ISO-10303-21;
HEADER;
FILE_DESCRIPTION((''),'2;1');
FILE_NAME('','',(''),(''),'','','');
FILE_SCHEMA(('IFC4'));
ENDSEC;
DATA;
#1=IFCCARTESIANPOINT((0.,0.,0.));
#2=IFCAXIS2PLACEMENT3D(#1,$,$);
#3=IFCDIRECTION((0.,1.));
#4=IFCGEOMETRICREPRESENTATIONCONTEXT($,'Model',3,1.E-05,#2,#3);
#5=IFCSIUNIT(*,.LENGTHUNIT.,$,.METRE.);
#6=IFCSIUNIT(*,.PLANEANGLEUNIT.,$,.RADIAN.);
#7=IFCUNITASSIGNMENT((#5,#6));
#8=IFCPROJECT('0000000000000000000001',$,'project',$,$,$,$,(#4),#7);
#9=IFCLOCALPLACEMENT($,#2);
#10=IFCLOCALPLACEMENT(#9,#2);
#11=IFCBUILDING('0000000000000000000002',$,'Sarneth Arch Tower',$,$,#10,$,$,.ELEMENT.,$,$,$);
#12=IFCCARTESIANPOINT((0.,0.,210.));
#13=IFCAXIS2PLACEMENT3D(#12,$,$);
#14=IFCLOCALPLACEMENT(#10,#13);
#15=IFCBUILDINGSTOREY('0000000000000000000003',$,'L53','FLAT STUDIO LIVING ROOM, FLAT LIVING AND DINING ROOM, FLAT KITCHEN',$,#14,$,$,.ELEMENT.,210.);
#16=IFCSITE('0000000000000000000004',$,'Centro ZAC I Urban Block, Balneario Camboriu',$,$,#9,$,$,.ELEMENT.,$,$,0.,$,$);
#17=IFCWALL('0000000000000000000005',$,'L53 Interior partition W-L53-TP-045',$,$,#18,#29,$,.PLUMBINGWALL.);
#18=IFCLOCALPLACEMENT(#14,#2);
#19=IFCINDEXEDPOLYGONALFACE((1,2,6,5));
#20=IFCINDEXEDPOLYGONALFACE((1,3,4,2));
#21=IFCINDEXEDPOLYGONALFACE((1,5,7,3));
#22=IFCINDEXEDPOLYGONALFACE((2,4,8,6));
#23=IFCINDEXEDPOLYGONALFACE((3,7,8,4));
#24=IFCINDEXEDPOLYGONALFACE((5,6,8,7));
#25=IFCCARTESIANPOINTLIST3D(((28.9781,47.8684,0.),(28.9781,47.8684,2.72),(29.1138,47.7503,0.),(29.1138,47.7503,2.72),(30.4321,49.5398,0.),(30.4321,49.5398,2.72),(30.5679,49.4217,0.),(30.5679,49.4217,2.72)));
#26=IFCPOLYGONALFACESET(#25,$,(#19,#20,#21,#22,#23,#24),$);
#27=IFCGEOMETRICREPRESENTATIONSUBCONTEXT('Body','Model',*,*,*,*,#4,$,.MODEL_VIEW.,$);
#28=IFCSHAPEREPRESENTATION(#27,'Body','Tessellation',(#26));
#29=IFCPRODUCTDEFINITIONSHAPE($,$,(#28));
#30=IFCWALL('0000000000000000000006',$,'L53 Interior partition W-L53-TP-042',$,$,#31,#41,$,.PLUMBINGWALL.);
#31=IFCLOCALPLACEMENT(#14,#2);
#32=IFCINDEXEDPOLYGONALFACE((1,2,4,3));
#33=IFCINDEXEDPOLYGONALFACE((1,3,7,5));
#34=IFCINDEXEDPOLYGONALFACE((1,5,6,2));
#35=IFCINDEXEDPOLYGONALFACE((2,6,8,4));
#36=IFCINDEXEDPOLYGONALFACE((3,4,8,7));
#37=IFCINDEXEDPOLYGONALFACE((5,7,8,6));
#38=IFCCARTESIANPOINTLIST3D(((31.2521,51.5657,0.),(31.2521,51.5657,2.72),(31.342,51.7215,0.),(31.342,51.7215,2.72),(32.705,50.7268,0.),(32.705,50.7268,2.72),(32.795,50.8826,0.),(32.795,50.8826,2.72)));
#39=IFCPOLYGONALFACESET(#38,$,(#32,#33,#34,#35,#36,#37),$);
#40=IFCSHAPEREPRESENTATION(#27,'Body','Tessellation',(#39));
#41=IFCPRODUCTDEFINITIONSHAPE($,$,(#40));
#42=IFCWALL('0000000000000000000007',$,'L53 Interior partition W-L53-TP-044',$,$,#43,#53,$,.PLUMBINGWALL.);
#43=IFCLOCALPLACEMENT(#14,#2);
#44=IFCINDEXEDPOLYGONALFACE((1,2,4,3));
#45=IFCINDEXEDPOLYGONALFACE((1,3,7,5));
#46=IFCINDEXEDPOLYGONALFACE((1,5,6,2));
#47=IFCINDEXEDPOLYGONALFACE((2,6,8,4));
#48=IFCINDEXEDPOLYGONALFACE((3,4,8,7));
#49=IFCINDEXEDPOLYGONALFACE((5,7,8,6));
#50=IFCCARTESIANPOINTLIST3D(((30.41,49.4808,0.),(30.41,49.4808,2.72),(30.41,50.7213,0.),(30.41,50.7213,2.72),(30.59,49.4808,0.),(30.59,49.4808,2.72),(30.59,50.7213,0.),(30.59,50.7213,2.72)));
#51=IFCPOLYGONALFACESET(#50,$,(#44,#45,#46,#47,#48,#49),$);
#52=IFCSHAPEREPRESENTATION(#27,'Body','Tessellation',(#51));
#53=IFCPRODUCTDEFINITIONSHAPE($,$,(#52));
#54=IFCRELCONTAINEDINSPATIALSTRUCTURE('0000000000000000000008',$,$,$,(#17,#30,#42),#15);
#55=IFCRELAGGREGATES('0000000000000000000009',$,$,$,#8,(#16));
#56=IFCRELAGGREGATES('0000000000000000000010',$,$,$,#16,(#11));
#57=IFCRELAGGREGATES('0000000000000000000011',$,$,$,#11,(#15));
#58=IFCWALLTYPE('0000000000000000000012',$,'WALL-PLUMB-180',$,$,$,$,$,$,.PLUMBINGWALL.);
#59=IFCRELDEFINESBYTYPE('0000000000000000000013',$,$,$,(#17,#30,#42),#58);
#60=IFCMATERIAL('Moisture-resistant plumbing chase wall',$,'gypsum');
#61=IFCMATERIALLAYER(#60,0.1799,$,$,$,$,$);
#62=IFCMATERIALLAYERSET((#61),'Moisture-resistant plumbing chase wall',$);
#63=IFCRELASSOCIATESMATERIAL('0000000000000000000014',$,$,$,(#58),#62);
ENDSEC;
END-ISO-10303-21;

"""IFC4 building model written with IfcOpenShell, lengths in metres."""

from ifc_helpers import new_model, si_unit, direction, frame, frame_2d, origin, place, context, subcontext, project, spatial, rectangle, extrude, material, layer, layer_set, type_object, element, save


model = new_model("IFC4")

# Units and contexts
model_context = context("Model", 3, precision=1e-05, world=origin(), true_north=direction((0.0, 1.0)))
body_context = subcontext(model_context, "Body", "Model", "MODEL_VIEW")
ifc_project = project(units=[si_unit("LENGTHUNIT", "METRE"), si_unit("PLANEANGLEUNIT", "RADIAN")], contexts=[model_context])

# Site, building, storey
site_placement = place(None, origin())
site = spatial("IfcSite", under=ifc_project, at=site_placement, Name="Centro ZAC I Urban Block, Balneario Camboriu", CompositionType="ELEMENT", RefElevation=0.0)
building_placement = place(site_placement, origin())
building = spatial("IfcBuilding", under=site, at=building_placement, Name="Sarneth Arch Tower", CompositionType="ELEMENT")
storey_placement = place(building_placement, frame((0.0, 0.0, 210.0)))
storey = spatial("IfcBuildingStorey", under=building, at=storey_placement, Name="L53", Description="FLAT STUDIO LIVING ROOM, FLAT LIVING AND DINING ROOM, FLAT KITCHEN", CompositionType="ELEMENT", Elevation=210.0)

# Shared definitions
ifc_material_1 = material(Name="Moisture-resistant plumbing chase wall", Category="gypsum")
ifc_layer_1 = layer(ifc_material_1, 0.1799)
ifc_layer_set_1 = layer_set([ifc_layer_1], Name="Moisture-resistant plumbing chase wall")
wall_type_1 = type_object("IfcWallType", Name="WALL-PLUMB-180", PredefinedType="PLUMBINGWALL", material=ifc_layer_set_1)

# Walls
wall_1_placement = place(storey_placement, frame((30.5, 49.4807, 0.0), z_axis=(0.0, 0.0, 1.0), x_axis=(-0.656364, -0.754444, 0.0)))
element("IfcWall", 1, at=wall_1_placement, inside=storey, type_object=wall_type_1, Name="L53 Interior partition W-L53-TP-045", PredefinedType="PLUMBINGWALL", context=body_context, shape_type="SweptSolid", body=[
    extrude(rectangle(XDim=2.2153, YDim=0.1799, at=frame_2d((1.1077, 0.0))), origin(), (0.0, 0.0, 1.0), 2.72),
])
wall_2_placement = place(storey_placement, frame((32.75, 50.8047, 0.0), z_axis=(0.0, 0.0, 1.0), x_axis=(-0.866014, 0.500021, 0.0)))
element("IfcWall", 2, at=wall_2_placement, inside=storey, type_object=wall_type_1, Name="L53 Interior partition W-L53-TP-042", PredefinedType="PLUMBINGWALL", context=body_context, shape_type="SweptSolid", body=[
    extrude(rectangle(XDim=1.6777, YDim=0.1799, at=frame_2d((0.8389, 0.0))), origin(), (0.0, 0.0, 1.0), 2.72),
])
wall_3_placement = place(storey_placement, frame((30.5, 50.7212, 0.0), z_axis=(0.0, 0.0, 1.0), x_axis=(0.0, -1.0, 0.0)))
element("IfcWall", 3, at=wall_3_placement, inside=storey, type_object=wall_type_1, Name="L53 Interior partition W-L53-TP-044", PredefinedType="PLUMBINGWALL", context=body_context, shape_type="SweptSolid", body=[
    extrude(rectangle(XDim=1.2405, YDim=0.1799, at=frame_2d((0.6201, 0.0))), origin(), (0.0, 0.0, 1.0), 2.72),
])

save(model, "model.ifc")
